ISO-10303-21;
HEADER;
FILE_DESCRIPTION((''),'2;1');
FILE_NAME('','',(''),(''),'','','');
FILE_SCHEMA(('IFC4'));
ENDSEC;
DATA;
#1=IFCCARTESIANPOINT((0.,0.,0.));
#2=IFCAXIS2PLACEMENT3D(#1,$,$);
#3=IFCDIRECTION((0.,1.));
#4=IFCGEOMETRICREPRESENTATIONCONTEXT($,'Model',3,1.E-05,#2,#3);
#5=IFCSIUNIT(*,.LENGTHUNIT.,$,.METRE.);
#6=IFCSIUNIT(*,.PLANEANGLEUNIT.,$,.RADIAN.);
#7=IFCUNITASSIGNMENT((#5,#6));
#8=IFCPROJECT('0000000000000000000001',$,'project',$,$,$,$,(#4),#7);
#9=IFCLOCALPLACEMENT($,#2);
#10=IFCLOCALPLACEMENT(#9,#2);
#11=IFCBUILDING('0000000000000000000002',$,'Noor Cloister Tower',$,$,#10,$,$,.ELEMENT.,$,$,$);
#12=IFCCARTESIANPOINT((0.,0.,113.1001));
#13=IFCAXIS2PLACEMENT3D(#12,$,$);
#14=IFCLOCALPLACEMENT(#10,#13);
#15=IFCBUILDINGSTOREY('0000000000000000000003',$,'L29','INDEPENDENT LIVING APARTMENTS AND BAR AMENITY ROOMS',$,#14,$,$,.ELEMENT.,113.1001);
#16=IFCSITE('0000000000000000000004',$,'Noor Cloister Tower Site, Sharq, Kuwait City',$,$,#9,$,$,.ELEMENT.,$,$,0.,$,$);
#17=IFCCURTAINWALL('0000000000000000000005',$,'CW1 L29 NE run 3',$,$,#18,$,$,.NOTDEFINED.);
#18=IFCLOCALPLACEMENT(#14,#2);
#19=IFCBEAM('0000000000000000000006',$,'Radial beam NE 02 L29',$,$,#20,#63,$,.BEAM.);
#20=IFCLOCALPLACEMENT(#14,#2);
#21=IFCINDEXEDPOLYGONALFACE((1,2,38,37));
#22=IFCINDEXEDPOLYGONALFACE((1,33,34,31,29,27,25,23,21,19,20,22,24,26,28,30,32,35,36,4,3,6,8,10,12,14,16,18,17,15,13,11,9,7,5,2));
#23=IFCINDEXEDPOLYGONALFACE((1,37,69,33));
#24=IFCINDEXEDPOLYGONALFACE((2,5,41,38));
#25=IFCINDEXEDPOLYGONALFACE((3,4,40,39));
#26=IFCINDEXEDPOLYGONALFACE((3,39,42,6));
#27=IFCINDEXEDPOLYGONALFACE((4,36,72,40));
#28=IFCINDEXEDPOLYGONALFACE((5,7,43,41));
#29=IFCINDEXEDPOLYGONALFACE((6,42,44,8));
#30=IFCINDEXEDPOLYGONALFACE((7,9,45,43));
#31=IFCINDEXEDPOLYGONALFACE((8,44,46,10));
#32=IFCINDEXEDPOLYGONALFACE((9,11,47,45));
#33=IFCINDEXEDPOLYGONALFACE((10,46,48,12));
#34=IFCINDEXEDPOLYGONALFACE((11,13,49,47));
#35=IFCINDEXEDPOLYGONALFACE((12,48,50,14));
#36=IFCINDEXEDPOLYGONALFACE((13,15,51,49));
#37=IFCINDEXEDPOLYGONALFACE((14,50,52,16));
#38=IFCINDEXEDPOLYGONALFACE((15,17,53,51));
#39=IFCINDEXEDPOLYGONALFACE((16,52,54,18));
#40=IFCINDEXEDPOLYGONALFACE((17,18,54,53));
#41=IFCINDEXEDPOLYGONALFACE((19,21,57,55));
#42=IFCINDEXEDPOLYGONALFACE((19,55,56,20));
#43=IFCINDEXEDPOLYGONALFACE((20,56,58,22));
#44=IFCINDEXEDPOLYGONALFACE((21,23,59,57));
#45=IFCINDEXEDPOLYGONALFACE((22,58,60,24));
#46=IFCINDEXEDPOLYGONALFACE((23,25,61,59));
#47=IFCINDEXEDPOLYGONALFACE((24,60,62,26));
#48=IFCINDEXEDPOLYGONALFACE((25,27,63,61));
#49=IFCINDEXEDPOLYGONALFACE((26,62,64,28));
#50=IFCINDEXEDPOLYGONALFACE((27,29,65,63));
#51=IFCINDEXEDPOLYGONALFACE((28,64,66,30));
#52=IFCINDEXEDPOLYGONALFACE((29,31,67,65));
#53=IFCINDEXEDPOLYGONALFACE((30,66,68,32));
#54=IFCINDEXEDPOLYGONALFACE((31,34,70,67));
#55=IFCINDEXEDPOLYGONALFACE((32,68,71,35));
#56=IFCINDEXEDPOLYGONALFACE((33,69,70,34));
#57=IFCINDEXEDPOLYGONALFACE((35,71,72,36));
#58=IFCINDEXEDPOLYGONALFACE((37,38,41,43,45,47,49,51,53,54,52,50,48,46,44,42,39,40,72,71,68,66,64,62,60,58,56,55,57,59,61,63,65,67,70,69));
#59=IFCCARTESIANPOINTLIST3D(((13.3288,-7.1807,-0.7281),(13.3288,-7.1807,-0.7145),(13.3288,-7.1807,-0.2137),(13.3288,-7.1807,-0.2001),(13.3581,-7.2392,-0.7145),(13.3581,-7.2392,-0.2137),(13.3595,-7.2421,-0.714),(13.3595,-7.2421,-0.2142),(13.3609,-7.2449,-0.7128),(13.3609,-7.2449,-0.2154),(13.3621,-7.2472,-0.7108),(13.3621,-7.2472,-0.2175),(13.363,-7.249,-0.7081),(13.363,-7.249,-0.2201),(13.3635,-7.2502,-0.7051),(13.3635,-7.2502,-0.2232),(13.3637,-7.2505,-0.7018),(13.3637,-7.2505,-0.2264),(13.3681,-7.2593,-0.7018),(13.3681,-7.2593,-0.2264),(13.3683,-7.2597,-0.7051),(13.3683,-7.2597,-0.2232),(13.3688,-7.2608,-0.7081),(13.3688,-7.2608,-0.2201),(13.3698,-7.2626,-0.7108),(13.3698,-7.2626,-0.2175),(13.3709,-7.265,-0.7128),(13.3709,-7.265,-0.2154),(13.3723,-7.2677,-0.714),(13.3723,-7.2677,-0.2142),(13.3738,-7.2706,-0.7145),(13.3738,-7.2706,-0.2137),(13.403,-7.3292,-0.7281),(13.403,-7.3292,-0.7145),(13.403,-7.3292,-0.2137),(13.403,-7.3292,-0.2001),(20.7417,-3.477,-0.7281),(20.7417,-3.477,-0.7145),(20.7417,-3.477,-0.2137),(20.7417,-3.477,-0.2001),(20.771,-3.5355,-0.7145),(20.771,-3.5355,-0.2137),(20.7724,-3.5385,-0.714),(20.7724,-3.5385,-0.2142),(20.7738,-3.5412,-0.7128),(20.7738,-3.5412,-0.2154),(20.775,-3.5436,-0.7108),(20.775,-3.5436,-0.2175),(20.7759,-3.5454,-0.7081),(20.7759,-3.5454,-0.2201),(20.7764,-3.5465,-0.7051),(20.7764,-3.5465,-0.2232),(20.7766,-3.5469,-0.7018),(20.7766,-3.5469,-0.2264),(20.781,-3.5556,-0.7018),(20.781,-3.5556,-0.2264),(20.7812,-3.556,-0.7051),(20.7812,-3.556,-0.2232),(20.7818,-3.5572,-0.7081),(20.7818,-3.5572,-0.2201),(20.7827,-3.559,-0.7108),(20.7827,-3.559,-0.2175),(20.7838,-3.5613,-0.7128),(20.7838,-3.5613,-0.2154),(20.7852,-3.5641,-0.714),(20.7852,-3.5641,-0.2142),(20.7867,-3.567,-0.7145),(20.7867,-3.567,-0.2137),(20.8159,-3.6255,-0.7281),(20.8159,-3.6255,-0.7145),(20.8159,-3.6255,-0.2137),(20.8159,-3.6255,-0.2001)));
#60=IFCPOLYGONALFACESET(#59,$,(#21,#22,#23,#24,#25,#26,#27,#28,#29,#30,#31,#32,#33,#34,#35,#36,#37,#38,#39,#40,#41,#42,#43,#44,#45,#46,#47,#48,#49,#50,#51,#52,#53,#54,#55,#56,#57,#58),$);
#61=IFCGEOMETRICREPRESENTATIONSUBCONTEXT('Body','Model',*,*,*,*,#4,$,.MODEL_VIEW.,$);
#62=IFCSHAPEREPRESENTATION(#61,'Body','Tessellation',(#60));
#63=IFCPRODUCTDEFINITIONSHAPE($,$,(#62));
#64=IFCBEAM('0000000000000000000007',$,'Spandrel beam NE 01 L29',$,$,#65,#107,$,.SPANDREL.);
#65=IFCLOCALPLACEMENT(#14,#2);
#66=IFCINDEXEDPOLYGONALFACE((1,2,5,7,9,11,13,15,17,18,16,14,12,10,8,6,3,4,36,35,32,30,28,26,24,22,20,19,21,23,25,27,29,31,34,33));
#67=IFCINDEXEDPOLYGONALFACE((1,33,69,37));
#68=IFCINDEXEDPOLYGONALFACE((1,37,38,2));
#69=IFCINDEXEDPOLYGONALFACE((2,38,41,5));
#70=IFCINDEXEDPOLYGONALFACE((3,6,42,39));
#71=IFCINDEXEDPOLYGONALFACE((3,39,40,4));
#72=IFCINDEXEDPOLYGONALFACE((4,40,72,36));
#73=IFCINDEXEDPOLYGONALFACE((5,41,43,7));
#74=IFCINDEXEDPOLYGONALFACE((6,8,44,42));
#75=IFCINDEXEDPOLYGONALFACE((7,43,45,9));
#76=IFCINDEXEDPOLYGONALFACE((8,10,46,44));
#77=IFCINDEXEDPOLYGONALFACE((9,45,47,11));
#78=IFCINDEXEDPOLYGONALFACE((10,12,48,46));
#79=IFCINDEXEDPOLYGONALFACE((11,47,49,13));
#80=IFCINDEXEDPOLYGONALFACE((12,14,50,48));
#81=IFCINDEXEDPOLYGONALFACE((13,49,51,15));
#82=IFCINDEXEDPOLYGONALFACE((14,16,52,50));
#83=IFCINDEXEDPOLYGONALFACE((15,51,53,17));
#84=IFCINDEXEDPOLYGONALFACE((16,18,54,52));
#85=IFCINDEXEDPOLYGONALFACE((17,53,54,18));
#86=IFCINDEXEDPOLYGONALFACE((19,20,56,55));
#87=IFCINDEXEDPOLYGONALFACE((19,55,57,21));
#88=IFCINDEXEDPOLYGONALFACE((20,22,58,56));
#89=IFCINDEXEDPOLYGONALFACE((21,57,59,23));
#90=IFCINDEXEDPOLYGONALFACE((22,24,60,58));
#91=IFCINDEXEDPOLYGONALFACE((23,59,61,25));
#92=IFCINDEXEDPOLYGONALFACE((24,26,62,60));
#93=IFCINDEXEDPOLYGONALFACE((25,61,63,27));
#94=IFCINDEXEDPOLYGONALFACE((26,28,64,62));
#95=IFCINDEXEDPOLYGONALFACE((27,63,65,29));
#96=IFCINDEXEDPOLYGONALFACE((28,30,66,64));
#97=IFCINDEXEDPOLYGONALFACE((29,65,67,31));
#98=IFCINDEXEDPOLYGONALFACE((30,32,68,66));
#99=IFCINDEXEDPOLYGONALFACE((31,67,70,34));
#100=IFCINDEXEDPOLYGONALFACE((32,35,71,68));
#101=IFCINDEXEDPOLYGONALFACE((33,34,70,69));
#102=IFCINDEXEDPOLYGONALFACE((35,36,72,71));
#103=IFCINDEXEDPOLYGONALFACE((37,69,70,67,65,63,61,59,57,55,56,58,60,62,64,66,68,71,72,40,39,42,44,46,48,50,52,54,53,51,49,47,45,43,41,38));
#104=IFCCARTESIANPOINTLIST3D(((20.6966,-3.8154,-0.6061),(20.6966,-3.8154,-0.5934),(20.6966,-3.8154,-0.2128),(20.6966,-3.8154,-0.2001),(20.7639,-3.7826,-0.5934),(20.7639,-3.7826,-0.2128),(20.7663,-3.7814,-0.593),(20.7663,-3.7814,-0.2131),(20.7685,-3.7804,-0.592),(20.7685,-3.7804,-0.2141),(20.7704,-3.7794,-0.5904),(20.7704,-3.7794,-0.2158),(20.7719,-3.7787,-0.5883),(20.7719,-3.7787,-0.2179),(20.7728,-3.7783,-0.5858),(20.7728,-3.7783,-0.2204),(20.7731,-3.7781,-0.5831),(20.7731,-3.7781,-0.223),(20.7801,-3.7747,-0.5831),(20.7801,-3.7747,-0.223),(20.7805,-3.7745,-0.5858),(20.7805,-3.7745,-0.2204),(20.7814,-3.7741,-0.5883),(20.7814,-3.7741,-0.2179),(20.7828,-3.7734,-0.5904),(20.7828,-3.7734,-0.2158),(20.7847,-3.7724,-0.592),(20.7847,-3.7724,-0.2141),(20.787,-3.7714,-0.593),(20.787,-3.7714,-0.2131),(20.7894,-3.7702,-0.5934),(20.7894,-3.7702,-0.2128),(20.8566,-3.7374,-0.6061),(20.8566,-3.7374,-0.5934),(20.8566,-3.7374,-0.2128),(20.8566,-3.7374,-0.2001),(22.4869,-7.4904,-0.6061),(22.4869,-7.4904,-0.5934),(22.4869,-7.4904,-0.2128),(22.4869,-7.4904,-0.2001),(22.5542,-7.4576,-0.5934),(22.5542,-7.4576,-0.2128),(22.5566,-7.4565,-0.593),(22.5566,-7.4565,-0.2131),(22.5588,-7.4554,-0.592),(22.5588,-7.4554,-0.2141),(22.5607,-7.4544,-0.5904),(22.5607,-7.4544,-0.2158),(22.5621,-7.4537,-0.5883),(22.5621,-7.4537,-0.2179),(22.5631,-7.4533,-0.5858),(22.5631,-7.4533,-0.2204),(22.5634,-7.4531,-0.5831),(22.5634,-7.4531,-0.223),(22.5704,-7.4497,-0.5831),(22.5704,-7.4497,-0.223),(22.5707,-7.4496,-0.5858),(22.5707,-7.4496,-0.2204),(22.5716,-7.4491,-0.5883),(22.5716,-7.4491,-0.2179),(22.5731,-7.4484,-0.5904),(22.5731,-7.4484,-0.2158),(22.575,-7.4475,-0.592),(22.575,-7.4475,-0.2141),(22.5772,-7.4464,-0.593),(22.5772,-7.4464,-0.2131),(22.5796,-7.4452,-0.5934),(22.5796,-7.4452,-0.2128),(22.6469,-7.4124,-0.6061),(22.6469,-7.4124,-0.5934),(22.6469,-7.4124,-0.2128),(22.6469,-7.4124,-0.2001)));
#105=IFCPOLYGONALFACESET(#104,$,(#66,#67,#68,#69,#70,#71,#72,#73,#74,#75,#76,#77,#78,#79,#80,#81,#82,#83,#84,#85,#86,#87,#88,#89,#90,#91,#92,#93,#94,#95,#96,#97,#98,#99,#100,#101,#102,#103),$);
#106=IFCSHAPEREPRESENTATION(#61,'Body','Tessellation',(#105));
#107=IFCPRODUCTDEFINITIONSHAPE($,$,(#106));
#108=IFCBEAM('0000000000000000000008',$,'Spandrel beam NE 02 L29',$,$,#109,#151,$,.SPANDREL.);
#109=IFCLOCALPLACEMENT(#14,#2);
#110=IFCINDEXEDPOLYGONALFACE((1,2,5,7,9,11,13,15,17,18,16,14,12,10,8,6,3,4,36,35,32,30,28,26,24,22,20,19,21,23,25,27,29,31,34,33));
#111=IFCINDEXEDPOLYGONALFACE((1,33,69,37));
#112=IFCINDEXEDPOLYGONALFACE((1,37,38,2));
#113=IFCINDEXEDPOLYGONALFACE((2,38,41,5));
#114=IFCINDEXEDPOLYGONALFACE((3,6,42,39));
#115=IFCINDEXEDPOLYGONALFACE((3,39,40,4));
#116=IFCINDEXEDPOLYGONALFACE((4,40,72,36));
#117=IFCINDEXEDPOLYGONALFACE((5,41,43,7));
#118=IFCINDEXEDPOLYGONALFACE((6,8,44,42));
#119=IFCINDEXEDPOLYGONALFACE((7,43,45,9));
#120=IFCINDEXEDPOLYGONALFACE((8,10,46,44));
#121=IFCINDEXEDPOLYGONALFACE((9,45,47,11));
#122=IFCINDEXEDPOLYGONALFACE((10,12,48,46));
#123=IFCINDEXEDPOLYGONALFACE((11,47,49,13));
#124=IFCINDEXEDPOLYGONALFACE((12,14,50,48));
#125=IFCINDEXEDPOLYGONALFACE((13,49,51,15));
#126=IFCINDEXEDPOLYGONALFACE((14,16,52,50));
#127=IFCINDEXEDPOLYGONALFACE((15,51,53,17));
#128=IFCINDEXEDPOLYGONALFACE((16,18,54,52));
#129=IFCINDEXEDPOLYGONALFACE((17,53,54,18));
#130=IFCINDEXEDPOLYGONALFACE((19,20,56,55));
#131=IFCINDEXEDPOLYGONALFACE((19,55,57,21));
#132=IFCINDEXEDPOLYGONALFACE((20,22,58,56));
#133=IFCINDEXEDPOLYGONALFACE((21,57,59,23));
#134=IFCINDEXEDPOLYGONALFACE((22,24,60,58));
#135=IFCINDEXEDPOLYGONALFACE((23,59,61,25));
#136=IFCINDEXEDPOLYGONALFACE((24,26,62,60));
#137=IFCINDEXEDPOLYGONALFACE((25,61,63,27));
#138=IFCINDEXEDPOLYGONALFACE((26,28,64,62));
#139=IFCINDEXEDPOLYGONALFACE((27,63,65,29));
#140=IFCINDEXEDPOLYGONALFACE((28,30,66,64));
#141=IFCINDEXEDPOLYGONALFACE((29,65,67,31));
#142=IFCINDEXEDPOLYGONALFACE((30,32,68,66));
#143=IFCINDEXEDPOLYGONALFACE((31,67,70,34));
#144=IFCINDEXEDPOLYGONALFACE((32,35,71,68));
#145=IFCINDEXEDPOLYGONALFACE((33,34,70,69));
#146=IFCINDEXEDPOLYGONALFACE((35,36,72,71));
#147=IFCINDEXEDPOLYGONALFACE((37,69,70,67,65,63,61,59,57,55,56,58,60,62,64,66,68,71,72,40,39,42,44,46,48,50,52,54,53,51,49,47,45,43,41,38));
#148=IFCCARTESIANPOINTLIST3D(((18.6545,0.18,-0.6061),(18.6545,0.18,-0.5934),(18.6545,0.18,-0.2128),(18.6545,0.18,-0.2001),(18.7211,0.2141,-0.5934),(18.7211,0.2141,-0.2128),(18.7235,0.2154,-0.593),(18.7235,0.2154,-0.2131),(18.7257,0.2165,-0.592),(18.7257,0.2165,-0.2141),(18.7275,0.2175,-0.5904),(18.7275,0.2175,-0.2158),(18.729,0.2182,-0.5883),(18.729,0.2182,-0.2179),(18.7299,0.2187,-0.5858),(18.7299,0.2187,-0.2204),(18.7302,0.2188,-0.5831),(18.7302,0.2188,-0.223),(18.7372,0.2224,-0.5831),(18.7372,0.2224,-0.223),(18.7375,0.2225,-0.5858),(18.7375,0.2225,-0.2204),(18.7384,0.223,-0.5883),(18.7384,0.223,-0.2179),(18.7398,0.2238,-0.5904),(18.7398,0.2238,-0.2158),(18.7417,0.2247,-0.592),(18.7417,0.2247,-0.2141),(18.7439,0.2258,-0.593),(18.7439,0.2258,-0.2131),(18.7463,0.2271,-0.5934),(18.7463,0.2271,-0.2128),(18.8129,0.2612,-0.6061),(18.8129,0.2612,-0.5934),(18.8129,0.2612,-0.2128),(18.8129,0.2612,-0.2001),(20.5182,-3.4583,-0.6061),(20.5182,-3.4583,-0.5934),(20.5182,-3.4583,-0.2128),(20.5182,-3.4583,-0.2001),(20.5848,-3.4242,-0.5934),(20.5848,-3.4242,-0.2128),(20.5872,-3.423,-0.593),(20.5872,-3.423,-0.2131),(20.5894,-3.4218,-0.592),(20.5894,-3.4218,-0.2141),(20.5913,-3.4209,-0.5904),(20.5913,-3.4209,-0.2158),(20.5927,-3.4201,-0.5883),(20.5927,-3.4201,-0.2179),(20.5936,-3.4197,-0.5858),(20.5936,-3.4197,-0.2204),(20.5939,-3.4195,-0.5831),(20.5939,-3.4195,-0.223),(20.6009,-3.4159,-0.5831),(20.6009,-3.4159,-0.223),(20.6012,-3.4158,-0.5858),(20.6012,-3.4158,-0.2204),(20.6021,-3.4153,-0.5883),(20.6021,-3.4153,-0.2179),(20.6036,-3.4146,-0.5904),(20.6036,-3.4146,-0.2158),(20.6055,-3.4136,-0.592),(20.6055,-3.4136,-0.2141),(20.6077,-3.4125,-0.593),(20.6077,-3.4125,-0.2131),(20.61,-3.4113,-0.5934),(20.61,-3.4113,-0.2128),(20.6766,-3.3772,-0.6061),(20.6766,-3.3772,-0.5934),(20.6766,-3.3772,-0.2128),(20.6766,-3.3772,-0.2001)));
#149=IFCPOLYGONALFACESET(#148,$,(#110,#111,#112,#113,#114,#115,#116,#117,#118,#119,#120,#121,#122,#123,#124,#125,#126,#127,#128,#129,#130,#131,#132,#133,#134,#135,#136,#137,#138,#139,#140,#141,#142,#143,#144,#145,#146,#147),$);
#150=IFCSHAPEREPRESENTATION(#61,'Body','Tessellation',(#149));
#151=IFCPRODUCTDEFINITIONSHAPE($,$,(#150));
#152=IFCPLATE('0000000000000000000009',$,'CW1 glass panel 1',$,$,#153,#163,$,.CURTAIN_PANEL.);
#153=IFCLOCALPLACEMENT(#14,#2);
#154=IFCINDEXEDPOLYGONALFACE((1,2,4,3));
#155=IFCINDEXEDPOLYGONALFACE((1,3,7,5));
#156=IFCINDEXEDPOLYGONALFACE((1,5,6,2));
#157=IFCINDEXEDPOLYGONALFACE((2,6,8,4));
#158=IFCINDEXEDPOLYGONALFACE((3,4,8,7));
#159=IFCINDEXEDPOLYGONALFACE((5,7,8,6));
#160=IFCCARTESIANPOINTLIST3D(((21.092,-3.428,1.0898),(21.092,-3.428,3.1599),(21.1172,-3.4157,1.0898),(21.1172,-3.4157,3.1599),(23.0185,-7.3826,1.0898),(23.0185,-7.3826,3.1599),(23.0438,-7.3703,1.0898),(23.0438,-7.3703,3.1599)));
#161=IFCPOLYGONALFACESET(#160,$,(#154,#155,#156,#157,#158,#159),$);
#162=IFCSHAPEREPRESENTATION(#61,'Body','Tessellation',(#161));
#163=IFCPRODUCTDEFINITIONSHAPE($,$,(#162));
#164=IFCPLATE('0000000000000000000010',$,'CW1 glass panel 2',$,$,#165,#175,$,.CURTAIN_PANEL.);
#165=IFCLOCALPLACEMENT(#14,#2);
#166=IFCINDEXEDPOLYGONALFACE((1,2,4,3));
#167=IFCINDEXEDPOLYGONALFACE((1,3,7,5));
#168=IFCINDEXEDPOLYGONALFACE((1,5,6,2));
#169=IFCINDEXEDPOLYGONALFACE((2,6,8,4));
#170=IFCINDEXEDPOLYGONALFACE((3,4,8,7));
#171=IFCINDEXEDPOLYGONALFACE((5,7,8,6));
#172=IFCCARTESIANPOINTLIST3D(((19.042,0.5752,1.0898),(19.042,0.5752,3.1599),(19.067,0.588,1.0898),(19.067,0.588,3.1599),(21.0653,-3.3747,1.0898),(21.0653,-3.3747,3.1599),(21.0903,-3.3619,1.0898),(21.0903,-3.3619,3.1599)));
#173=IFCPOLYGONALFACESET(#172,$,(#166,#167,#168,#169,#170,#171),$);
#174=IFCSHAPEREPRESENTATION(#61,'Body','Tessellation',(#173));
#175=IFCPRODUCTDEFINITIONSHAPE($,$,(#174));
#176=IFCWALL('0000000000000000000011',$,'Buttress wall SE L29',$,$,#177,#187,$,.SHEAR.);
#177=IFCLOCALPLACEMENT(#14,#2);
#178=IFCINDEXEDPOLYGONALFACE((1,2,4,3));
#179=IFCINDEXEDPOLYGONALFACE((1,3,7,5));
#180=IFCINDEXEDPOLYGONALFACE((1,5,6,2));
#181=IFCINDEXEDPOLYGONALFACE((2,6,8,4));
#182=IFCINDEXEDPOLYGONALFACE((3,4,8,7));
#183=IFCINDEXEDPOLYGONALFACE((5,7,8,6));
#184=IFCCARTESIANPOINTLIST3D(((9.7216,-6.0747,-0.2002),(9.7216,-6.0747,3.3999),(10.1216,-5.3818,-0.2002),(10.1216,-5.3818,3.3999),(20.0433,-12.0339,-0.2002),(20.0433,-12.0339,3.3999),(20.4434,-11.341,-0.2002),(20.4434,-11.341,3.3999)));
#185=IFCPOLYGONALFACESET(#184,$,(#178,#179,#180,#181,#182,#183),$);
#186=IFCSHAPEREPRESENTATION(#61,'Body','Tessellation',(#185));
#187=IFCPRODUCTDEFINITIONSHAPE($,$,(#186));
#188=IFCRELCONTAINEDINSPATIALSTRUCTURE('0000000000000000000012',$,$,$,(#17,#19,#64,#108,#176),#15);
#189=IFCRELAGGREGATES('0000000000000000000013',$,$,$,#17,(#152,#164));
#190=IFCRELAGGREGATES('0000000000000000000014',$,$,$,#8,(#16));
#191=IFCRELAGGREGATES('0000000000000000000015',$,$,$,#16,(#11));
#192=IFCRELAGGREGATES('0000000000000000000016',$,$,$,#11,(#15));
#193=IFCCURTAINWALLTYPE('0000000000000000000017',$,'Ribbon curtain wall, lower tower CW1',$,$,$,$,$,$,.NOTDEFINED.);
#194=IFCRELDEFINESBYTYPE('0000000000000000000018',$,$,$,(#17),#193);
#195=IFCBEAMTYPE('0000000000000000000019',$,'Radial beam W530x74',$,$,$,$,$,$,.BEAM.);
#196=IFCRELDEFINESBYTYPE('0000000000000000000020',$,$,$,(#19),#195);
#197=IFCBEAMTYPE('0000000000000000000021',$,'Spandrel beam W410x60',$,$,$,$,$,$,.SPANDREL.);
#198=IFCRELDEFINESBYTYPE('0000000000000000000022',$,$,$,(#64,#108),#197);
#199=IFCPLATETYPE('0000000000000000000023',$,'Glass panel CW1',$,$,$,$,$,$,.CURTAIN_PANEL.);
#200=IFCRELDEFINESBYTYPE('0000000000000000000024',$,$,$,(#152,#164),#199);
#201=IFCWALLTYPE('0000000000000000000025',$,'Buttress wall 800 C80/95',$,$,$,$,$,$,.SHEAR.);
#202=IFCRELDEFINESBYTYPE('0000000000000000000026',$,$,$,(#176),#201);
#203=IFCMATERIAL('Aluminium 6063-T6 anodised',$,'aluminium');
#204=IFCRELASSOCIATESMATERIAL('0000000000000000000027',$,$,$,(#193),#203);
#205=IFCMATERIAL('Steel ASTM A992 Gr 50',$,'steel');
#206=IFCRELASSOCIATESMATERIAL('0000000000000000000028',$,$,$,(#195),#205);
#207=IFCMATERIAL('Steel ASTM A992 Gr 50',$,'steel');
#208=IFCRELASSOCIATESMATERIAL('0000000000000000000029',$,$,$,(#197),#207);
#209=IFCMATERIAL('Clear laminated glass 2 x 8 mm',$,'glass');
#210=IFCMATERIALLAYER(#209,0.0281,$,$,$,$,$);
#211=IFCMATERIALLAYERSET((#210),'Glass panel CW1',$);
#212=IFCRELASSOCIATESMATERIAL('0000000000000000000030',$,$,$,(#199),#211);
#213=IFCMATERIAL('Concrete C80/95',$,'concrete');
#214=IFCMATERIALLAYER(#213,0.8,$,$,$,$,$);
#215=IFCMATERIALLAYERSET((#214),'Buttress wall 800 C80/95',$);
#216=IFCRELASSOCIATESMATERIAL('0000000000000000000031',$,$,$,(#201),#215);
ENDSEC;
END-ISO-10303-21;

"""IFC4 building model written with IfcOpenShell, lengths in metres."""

from ifc_helpers import new_model, si_unit, direction, frame, frame_2d, origin, origin_2d, place, context, subcontext, project, spatial, rectangle, i_section, extrude, material, layer, layer_set, material_profile, profile_set, type_object, element, aggregate, save


model = new_model("IFC4")

# Units and contexts
model_context = context("Model", 3, precision=1e-05, world=origin(), true_north=direction((0.0, 1.0)))
body_context = subcontext(model_context, "Body", "Model", "MODEL_VIEW")
ifc_project = project(units=[si_unit("LENGTHUNIT", "METRE"), si_unit("PLANEANGLEUNIT", "RADIAN")], contexts=[model_context])

# Site, building, storey
site_placement = place(None, origin())
site = spatial("IfcSite", under=ifc_project, at=site_placement, Name="Noor Cloister Tower Site, Sharq, Kuwait City", CompositionType="ELEMENT", RefElevation=0.0)
building_placement = place(site_placement, origin())
building = spatial("IfcBuilding", under=site, at=building_placement, Name="Noor Cloister Tower", CompositionType="ELEMENT")
storey_placement = place(building_placement, frame((0.0, 0.0, 113.1001)))
storey = spatial("IfcBuildingStorey", under=building, at=storey_placement, Name="L29", Description="INDEPENDENT LIVING APARTMENTS AND BAR AMENITY ROOMS", CompositionType="ELEMENT", Elevation=113.1001)

# Curtain wall
ifc_material_1 = material(Name="Aluminium 6063-T6 anodised", Category="aluminium")
curtain_wall_type = type_object("IfcCurtainWallType", Name="Ribbon curtain wall, lower tower CW1", PredefinedType="NOTDEFINED", material=ifc_material_1)
curtain_wall_placement = place(storey_placement, origin())
curtain_wall = element("IfcCurtainWall", 1, at=curtain_wall_placement, inside=storey, type_object=curtain_wall_type, Name="CW1 L29 NE run 3", PredefinedType="NOTDEFINED")

# Beams
ifc_material_2 = material(Name="Steel ASTM A992 Gr 50", Category="steel")
ifc_material_profile_1 = material_profile(ifc_material_2, i_section(OverallWidth=0.166, OverallDepth=0.5281, WebThickness=0.0098, FlangeThickness=0.0137, FilletRadius=0.0127, at=origin_2d()), Name="W530x74")
ifc_profile_set_1 = profile_set([ifc_material_profile_1], Name="Steel ASTM A992 Gr 50")
beam_type_1 = type_object("IfcBeamType", Name="Radial beam W530x74", PredefinedType="BEAM", material=ifc_profile_set_1)
beam_1_placement = place(storey_placement, frame((20.7788, -3.5513, -0.4641), z_axis=(-0.894563, -0.446943, 0.0), x_axis=(0.446943, -0.894563, 0.0)))
element("IfcBeam", 2, at=beam_1_placement, inside=storey, type_object=beam_type_1, Name="Radial beam NE 02 L29", PredefinedType="BEAM", context=body_context, shape_type="SweptSolid", body=[
    extrude(i_section(OverallWidth=0.166, OverallDepth=0.5281, WebThickness=0.0098, FlangeThickness=0.0137, FilletRadius=0.0127, at=origin_2d()), origin(), (0.0, 0.0, 1.0), 8.2866),
])
ifc_material_3 = material(Name="Steel ASTM A992 Gr 50", Category="steel")
ifc_material_profile_2 = material_profile(ifc_material_3, i_section(OverallWidth=0.178, OverallDepth=0.406, WebThickness=0.0078, FlangeThickness=0.0127, FilletRadius=0.0103, at=origin_2d()), Name="W410x60")
ifc_profile_set_2 = profile_set([ifc_material_profile_2], Name="Steel ASTM A992 Gr 50")
beam_type_2 = type_object("IfcBeamType", Name="Spandrel beam W410x60", PredefinedType="SPANDREL", material=ifc_profile_set_2)
for number, where, z_axis, x_axis, name in (
    (3, (22.5669, -7.4514, -0.4031), (-0.437945, 0.899002, 0.0), (-0.899002, -0.437945, 0.0), "Spandrel beam NE 01 L29"),
    (4, (20.5974, -3.4177, -0.4031), (-0.455912, 0.890025, 0.0), (-0.890025, -0.455912, 0.0), "Spandrel beam NE 02 L29"),
):
    element("IfcBeam", number, at=place(storey_placement, frame(where, z_axis=z_axis, x_axis=x_axis)), inside=storey, type_object=beam_type_2, Name=name, PredefinedType="SPANDREL", context=body_context, shape_type="SweptSolid", body=[
        extrude(i_section(OverallWidth=0.178, OverallDepth=0.406, WebThickness=0.0078, FlangeThickness=0.0127, FilletRadius=0.0103, at=origin_2d()), origin(), (0.0, 0.0, 1.0), 4.0879),
    ])

# Plates
ifc_material_4 = material(Name="Clear laminated glass 2 x 8 mm", Category="glass")
ifc_layer_1 = layer(ifc_material_4, 0.0281)
ifc_layer_set_1 = layer_set([ifc_layer_1], Name="Glass panel CW1")
plate_type = type_object("IfcPlateType", Name="Glass panel CW1", PredefinedType="CURTAIN_PANEL", material=ifc_layer_set_1)
plate_1_placement = place(storey_placement, frame((22.0679, -5.3992, 1.0898), z_axis=(0.0, 0.0, 1.0), x_axis=(-0.437955, 0.898997, 0.0)))
plate_1 = element("IfcPlate", 5, at=plate_1_placement, type_object=plate_type, Name="CW1 glass panel 1", PredefinedType="CURTAIN_PANEL", context=body_context, shape_type="SweptSolid", body=[
    extrude(rectangle(XDim=4.3989, YDim=0.0281, at=origin_2d()), origin(), (0.0, 0.0, 1.0), 2.0701),
])
plate_2_placement = place(storey_placement, frame((20.0662, -1.3933, 1.0898), z_axis=(0.0, 0.0, 1.0), x_axis=(-0.455917, 0.890022, 0.0)))
plate_2 = element("IfcPlate", 6, at=plate_2_placement, type_object=plate_type, Name="CW1 glass panel 2", PredefinedType="CURTAIN_PANEL", context=body_context, shape_type="SweptSolid", body=[
    extrude(rectangle(XDim=4.438, YDim=0.0281, at=origin_2d()), origin(), (0.0, 0.0, 1.0), 2.0701),
])
aggregate(curtain_wall, [plate_1, plate_2])

# Wall
ifc_material_5 = material(Name="Concrete C80/95", Category="concrete")
ifc_layer_2 = layer(ifc_material_5, 0.8)
ifc_layer_set_2 = layer_set([ifc_layer_2], Name="Buttress wall 800 C80/95")
wall_type_1 = type_object("IfcWallType", Name="Buttress wall 800 C80/95", PredefinedType="SHEAR", material=ifc_layer_set_2)
wall_1_placement = place(storey_placement, frame((9.9216, -5.7283, -0.2002), z_axis=(0.0, 0.0, 1.0), x_axis=(0.866027, -0.499997, 0.0)))
element("IfcWall", 7, at=wall_1_placement, inside=storey, type_object=wall_type_1, Name="Buttress wall SE L29", PredefinedType="SHEAR", context=body_context, shape_type="SweptSolid", body=[
    extrude(rectangle(XDim=11.9185, YDim=0.8, at=frame_2d((5.9592, 0.0))), origin(), (0.0, 0.0, 1.0), 3.6001),
])

save(model, "model.ifc")
